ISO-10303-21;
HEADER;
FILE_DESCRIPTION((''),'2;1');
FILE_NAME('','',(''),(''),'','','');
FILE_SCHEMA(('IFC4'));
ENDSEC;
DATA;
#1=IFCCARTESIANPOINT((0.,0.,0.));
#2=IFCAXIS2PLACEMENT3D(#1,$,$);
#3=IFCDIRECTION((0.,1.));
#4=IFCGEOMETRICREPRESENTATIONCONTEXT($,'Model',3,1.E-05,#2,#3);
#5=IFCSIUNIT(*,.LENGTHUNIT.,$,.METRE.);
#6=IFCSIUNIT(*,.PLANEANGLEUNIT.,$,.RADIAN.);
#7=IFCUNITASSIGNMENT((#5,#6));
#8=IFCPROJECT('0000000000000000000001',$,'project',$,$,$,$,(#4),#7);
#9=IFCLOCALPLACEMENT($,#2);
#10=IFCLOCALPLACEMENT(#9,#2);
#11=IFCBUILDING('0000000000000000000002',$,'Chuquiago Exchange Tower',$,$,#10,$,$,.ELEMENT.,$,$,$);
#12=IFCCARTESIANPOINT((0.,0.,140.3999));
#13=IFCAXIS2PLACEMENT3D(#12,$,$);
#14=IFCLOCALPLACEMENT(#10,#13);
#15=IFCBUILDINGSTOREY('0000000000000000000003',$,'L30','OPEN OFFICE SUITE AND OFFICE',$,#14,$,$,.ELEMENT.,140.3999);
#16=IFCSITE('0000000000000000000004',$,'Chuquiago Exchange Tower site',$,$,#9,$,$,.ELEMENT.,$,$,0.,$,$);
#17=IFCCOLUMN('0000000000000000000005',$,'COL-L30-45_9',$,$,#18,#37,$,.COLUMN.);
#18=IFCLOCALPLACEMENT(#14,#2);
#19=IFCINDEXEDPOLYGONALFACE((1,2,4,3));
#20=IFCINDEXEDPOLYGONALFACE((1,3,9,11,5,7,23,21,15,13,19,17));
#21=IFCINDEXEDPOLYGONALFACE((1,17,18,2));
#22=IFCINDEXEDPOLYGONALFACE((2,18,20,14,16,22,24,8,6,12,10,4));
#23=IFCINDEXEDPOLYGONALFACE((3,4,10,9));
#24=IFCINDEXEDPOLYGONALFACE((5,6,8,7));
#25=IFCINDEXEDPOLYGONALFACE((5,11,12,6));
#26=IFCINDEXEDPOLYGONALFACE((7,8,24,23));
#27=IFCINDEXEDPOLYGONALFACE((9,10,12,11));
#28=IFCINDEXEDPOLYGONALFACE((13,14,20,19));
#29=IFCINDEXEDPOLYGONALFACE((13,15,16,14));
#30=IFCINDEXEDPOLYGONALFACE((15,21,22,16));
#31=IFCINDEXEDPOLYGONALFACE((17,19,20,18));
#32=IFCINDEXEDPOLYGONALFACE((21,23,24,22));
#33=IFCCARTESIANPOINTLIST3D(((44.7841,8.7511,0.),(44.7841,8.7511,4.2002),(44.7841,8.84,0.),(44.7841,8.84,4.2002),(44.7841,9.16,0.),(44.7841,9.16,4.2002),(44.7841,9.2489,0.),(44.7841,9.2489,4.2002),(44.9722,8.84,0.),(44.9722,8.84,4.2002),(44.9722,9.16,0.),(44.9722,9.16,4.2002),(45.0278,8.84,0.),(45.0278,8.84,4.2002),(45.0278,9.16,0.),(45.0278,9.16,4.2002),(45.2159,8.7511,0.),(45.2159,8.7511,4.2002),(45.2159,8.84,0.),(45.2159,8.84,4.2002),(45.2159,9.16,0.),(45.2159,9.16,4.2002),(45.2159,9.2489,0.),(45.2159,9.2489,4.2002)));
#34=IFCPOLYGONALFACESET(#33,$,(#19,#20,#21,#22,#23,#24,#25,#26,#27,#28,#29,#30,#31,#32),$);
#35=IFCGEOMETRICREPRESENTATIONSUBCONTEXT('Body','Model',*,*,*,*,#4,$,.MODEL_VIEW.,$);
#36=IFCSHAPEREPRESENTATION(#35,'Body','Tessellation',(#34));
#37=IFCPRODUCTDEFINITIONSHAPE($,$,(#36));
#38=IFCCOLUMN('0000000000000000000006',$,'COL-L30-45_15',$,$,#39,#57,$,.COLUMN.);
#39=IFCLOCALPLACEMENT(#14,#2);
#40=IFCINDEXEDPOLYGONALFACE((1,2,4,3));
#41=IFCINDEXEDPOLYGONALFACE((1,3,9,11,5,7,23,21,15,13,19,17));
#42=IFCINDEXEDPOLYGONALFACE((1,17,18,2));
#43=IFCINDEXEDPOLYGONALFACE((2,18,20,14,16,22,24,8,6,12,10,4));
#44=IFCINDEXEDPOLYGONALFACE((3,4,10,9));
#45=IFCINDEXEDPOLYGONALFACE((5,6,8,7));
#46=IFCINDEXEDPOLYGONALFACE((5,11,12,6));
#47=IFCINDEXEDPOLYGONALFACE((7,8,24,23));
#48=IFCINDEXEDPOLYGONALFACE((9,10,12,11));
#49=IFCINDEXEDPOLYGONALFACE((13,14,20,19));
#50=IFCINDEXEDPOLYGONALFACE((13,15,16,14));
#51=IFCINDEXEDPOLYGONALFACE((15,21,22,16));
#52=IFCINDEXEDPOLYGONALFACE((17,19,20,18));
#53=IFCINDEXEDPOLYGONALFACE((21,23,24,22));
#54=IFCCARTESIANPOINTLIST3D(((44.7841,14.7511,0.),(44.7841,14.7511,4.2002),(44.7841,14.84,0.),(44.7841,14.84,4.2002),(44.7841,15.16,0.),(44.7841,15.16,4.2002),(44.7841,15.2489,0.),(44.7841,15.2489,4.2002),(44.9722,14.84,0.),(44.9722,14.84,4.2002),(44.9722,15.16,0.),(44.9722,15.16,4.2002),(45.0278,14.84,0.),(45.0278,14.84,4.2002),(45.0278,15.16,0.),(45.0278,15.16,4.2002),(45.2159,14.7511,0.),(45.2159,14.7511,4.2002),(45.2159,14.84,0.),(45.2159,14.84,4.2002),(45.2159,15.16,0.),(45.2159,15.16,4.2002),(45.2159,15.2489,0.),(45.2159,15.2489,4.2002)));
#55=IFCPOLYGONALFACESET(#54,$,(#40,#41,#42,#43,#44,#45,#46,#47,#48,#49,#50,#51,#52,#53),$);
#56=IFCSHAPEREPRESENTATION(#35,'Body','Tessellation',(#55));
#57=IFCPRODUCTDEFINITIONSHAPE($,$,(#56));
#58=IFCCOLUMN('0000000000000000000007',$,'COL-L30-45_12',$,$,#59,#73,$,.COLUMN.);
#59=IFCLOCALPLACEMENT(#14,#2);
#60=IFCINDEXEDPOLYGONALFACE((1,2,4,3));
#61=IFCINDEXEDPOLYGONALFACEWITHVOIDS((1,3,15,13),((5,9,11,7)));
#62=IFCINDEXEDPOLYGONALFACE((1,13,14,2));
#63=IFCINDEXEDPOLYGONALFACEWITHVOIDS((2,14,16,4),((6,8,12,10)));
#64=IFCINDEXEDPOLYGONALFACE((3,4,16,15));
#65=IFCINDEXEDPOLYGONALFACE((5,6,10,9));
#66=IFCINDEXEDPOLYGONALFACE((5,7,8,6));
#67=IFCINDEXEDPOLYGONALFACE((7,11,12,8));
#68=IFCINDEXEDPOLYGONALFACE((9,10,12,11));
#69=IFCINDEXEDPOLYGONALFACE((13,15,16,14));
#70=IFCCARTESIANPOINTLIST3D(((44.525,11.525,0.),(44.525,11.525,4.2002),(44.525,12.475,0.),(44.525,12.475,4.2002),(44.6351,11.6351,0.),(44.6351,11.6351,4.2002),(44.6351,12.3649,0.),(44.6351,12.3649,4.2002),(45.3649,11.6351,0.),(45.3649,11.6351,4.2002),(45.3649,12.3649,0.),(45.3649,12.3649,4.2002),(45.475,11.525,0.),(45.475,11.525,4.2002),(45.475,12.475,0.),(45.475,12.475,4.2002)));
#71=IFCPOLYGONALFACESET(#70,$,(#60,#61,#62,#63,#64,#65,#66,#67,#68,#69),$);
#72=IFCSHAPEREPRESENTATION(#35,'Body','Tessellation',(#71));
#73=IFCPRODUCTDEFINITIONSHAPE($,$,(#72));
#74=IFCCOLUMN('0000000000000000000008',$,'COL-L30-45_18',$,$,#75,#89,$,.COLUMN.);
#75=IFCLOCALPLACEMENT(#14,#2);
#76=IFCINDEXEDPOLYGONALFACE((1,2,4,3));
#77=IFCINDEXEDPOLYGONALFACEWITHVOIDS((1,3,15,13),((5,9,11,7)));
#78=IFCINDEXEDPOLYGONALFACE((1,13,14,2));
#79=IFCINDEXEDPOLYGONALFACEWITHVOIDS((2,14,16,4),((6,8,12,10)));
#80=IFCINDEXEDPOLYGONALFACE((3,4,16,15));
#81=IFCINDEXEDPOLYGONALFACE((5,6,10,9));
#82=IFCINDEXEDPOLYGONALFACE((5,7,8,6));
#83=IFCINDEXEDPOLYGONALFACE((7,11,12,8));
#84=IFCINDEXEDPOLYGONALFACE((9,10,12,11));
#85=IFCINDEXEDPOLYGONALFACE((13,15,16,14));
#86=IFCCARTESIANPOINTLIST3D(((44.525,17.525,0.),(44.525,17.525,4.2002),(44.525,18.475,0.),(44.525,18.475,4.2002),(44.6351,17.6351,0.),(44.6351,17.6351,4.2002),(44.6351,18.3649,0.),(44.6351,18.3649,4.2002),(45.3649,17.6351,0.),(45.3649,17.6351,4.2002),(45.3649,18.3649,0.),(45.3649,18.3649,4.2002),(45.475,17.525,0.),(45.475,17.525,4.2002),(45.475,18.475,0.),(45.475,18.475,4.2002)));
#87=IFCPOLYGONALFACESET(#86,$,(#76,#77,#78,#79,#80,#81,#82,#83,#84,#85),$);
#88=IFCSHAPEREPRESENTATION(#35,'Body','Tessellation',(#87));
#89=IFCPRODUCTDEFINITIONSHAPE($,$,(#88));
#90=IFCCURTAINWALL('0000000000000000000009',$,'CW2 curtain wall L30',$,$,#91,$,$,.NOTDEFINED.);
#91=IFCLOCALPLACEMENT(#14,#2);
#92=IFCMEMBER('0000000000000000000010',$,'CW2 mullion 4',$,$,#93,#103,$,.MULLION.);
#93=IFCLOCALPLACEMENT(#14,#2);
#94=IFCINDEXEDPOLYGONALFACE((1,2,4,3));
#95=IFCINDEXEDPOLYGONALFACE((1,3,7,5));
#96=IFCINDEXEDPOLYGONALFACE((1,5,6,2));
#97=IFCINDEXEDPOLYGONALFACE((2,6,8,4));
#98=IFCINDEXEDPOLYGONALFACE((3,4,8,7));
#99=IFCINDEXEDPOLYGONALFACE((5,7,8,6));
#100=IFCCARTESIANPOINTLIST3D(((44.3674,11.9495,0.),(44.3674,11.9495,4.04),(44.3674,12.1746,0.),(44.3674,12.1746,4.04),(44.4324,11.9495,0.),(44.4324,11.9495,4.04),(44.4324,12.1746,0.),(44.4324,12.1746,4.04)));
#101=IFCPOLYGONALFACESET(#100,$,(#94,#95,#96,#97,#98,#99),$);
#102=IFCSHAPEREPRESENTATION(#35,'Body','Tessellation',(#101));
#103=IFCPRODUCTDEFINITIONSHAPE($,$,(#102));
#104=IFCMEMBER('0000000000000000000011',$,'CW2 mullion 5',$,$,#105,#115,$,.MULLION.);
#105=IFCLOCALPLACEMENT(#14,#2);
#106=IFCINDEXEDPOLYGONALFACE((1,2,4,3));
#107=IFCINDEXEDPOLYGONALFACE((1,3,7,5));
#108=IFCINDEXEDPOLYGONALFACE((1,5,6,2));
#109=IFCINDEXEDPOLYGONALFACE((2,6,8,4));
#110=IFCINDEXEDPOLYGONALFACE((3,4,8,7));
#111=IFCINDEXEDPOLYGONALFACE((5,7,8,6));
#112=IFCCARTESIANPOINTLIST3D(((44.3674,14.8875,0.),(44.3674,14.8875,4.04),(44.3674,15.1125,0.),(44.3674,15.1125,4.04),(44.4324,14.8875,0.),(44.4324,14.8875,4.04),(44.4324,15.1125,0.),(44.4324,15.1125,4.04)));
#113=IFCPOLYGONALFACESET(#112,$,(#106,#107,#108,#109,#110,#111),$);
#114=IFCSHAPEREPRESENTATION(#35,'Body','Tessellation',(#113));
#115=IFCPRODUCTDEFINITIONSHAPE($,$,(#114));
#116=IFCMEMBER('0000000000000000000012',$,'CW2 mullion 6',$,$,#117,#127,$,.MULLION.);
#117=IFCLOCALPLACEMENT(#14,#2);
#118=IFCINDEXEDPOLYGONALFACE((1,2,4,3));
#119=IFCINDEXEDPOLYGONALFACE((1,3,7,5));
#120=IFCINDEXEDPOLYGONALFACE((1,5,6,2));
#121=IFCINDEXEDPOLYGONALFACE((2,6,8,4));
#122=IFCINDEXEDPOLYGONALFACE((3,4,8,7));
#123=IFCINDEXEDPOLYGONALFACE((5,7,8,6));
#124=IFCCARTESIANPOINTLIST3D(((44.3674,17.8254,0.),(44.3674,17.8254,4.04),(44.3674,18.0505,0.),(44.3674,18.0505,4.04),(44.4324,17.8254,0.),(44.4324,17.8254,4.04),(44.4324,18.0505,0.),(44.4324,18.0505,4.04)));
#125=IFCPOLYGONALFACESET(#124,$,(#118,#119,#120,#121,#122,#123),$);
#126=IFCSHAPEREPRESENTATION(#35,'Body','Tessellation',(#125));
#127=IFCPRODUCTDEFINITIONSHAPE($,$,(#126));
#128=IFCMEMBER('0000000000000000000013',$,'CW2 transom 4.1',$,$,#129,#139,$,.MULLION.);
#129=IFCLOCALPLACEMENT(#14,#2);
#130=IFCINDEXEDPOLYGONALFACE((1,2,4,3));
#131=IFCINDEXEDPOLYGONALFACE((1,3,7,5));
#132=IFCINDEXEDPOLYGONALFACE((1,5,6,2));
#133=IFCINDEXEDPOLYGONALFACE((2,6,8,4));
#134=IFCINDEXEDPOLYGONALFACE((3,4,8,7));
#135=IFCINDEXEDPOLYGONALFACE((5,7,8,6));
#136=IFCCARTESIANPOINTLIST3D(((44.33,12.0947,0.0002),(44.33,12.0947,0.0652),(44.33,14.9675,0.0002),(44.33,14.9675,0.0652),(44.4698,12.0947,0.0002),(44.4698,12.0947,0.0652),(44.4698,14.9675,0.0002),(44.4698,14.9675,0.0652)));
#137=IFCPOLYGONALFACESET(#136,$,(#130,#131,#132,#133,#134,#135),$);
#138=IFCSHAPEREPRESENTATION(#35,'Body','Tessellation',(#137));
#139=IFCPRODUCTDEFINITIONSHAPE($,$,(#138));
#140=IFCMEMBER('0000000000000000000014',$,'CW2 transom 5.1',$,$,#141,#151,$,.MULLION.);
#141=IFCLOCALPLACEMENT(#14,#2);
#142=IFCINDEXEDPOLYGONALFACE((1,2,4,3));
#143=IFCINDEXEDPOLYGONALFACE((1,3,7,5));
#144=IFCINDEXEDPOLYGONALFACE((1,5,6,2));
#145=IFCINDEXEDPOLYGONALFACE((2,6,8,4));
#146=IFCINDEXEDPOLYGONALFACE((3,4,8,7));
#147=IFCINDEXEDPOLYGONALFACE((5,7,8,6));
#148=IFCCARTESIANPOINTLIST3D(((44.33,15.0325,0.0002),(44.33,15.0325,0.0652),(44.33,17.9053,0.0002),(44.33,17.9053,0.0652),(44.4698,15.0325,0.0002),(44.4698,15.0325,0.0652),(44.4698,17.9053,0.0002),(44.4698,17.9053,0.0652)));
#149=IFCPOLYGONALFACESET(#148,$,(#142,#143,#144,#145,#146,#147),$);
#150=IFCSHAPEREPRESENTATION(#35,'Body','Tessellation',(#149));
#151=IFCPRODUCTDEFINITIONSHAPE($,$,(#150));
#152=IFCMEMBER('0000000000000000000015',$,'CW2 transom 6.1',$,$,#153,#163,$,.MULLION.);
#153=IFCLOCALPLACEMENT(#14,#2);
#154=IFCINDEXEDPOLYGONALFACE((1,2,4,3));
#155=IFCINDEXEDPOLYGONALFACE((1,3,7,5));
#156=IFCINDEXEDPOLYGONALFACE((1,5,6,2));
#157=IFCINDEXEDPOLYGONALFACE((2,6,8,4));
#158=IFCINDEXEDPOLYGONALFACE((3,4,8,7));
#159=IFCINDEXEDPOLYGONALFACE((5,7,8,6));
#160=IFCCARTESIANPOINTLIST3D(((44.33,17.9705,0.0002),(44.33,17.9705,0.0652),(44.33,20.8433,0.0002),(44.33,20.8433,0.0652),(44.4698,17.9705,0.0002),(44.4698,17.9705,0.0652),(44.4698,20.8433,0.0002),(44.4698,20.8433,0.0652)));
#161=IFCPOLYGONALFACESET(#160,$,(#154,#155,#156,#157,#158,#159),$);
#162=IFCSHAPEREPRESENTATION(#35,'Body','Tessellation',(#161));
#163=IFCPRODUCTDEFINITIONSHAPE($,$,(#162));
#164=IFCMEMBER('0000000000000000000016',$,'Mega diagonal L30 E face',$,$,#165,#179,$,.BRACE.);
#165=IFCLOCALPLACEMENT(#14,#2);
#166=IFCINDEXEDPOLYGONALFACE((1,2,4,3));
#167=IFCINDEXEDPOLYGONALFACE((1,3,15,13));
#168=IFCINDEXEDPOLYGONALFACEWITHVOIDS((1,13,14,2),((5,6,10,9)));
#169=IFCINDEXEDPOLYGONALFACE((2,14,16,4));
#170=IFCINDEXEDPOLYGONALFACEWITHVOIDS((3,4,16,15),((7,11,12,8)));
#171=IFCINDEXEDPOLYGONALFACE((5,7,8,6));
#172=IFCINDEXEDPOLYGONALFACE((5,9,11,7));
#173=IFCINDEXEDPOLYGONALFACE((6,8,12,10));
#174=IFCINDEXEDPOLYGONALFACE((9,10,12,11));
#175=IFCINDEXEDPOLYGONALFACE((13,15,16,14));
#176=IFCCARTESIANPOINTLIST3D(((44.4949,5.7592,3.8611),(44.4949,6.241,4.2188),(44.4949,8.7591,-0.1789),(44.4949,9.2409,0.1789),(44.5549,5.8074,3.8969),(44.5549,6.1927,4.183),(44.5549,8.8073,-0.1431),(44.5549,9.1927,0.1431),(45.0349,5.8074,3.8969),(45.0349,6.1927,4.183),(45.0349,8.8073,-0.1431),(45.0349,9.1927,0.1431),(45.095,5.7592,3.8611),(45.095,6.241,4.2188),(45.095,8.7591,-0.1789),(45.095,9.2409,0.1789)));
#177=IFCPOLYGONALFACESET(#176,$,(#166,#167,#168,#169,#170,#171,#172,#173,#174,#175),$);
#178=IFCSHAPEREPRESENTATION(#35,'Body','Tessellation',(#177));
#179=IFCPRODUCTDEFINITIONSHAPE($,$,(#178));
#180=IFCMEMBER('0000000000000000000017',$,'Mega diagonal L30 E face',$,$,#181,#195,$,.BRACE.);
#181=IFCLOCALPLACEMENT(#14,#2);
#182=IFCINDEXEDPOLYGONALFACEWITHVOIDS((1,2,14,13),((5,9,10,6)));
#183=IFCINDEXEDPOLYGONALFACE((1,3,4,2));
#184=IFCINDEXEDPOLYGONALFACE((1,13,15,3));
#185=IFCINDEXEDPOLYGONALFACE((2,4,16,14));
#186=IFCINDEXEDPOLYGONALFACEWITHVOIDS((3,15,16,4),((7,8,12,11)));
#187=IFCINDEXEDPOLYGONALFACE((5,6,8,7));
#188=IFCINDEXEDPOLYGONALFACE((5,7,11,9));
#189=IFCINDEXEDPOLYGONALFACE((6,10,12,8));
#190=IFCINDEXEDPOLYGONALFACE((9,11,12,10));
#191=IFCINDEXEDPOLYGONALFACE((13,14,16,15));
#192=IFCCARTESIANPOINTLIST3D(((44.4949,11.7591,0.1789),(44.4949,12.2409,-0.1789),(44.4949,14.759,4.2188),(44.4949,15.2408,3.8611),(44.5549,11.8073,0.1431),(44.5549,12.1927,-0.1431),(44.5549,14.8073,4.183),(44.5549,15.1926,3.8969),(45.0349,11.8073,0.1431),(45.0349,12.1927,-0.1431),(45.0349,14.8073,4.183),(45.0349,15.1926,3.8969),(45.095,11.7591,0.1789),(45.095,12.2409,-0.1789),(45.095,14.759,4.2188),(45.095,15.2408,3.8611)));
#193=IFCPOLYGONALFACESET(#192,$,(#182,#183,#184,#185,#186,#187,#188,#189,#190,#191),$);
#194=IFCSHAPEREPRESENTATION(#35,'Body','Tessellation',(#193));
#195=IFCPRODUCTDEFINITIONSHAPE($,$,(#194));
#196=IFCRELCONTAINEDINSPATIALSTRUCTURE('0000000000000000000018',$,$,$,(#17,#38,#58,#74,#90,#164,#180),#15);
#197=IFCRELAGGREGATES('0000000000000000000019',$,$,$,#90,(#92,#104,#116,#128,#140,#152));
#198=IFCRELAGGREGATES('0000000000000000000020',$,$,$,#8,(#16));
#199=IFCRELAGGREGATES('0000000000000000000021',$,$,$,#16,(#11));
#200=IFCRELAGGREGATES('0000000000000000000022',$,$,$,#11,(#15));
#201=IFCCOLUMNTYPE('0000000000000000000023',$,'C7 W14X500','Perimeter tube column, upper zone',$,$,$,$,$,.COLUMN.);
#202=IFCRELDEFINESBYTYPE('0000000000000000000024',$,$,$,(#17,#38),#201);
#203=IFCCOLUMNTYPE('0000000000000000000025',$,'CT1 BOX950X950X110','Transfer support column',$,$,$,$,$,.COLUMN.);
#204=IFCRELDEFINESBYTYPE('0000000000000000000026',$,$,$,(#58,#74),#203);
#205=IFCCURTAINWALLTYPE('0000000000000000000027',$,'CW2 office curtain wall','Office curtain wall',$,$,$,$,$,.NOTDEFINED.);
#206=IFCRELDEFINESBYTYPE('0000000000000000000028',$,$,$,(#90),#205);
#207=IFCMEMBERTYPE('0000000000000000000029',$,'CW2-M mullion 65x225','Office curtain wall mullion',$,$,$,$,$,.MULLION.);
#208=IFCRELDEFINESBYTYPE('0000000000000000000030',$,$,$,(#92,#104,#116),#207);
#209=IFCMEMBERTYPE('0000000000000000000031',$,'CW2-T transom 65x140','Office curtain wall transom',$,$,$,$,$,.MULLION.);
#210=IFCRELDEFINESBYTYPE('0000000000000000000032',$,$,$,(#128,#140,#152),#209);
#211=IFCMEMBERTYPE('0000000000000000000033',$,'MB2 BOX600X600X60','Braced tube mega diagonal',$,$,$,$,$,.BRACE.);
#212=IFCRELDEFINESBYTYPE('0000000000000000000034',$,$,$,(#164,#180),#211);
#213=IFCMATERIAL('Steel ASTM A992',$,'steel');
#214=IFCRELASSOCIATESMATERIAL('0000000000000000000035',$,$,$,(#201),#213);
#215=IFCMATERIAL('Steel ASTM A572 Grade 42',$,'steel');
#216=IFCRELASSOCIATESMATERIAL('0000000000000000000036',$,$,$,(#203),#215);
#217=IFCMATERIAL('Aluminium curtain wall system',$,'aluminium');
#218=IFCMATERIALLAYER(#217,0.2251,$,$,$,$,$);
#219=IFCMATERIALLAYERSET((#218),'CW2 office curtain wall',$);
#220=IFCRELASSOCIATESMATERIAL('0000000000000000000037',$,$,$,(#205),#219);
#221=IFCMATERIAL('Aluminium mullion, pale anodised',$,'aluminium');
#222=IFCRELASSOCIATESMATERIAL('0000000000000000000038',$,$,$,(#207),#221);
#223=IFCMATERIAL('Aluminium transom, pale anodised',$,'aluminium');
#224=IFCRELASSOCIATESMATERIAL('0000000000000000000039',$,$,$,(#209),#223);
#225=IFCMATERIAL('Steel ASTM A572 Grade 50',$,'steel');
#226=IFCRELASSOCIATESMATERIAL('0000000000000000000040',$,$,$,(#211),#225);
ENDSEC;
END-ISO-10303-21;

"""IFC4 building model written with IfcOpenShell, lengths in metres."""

from ifc_helpers import new_model, si_unit, direction, frame, origin, origin_2d, place, context, subcontext, project, spatial, rectangle, hollow_rectangle, i_section, extrude, material, layer, layer_set, material_profile, profile_set, type_object, element, aggregate, save


model = new_model("IFC4")

# Units and contexts
model_context = context("Model", 3, precision=1e-05, world=origin(), true_north=direction((0.0, 1.0)))
body_context = subcontext(model_context, "Body", "Model", "MODEL_VIEW")
ifc_project = project(units=[si_unit("LENGTHUNIT", "METRE"), si_unit("PLANEANGLEUNIT", "RADIAN")], contexts=[model_context])

# Site, building, storey
site_placement = place(None, origin())
site = spatial("IfcSite", under=ifc_project, at=site_placement, Name="Chuquiago Exchange Tower site", CompositionType="ELEMENT", RefElevation=0.0)
building_placement = place(site_placement, origin())
building = spatial("IfcBuilding", under=site, at=building_placement, Name="Chuquiago Exchange Tower", CompositionType="ELEMENT")
storey_placement = place(building_placement, frame((0.0, 0.0, 140.3999)))
storey = spatial("IfcBuildingStorey", under=building, at=storey_placement, Name="L30", Description="OPEN OFFICE SUITE AND OFFICE", CompositionType="ELEMENT", Elevation=140.3999)

# Columns
ifc_material_1 = material(Name="Steel ASTM A992", Category="steel")
ifc_material_profile_1 = material_profile(ifc_material_1, i_section(OverallWidth=0.4319, OverallDepth=0.4978, WebThickness=0.0557, FlangeThickness=0.0889, at=origin_2d()), Name="W14X500")
ifc_profile_set_1 = profile_set([ifc_material_profile_1], Name="Steel ASTM A992")
column_type_1 = type_object("IfcColumnType", Name="C7 W14X500", Description="Perimeter tube column, upper zone", PredefinedType="COLUMN", material=ifc_profile_set_1)
for number, where, z_axis, x_axis, name in (
    (1, (45.0, 9.0, 0.0), (0.0, 0.0, 1.0), (1.0, 0.0, 0.0), "COL-L30-45_9"),
    (2, (45.0, 15.0, 0.0), (0.0, 0.0, 1.0), (1.0, 0.0, 0.0), "COL-L30-45_15"),
):
    element("IfcColumn", number, at=place(storey_placement, frame(where, z_axis=z_axis, x_axis=x_axis)), inside=storey, type_object=column_type_1, Name=name, PredefinedType="COLUMN", context=body_context, shape_type="SweptSolid", body=[
        extrude(i_section(OverallWidth=0.4319, OverallDepth=0.4978, WebThickness=0.0557, FlangeThickness=0.0889, at=origin_2d()), origin(), (0.0, 0.0, 1.0), 4.2002),
    ])
ifc_material_2 = material(Name="Steel ASTM A572 Grade 42", Category="steel")
ifc_material_profile_2 = material_profile(ifc_material_2, hollow_rectangle(XDim=0.95, YDim=0.95, WallThickness=0.1101, at=origin_2d()), Name="BOX950X950X110")
ifc_profile_set_2 = profile_set([ifc_material_profile_2], Name="Steel ASTM A572 Grade 42")
column_type_2 = type_object("IfcColumnType", Name="CT1 BOX950X950X110", Description="Transfer support column", PredefinedType="COLUMN", material=ifc_profile_set_2)
for number, where, z_axis, x_axis, name in (
    (3, (45.0, 12.0, 0.0), (0.0, 0.0, 1.0), (1.0, 0.0, 0.0), "COL-L30-45_12"),
    (4, (45.0, 18.0, 0.0), (0.0, 0.0, 1.0), (1.0, 0.0, 0.0), "COL-L30-45_18"),
):
    element("IfcColumn", number, at=place(storey_placement, frame(where, z_axis=z_axis, x_axis=x_axis)), inside=storey, type_object=column_type_2, Name=name, PredefinedType="COLUMN", context=body_context, shape_type="SweptSolid", body=[
        extrude(hollow_rectangle(XDim=0.95, YDim=0.95, WallThickness=0.1101, at=origin_2d()), origin(), (0.0, 0.0, 1.0), 4.2002),
    ])

# Curtain wall, members
ifc_material_3 = material(Name="Aluminium curtain wall system", Category="aluminium")
ifc_layer_1 = layer(ifc_material_3, 0.2251)
ifc_layer_set_1 = layer_set([ifc_layer_1], Name="CW2 office curtain wall")
curtain_wall_type = type_object("IfcCurtainWallType", Name="CW2 office curtain wall", Description="Office curtain wall", PredefinedType="NOTDEFINED", material=ifc_layer_set_1)
curtain_wall_placement = place(storey_placement, origin())
curtain_wall = element("IfcCurtainWall", 5, at=curtain_wall_placement, inside=storey, type_object=curtain_wall_type, Name="CW2 curtain wall L30", PredefinedType="NOTDEFINED")
ifc_material_4 = material(Name="Aluminium mullion, pale anodised", Category="aluminium")
ifc_material_profile_3 = material_profile(ifc_material_4, rectangle(XDim=0.0649, YDim=0.2251, at=origin_2d()), Name="AL 65x225")
ifc_profile_set_3 = profile_set([ifc_material_profile_3], Name="Aluminium mullion, pale anodised")
member_type_1 = type_object("IfcMemberType", Name="CW2-M mullion 65x225", Description="Office curtain wall mullion", PredefinedType="MULLION", material=ifc_profile_set_3)
member_1_placement = place(storey_placement, frame((44.3999, 12.062, 0.0), z_axis=(0.0, 0.0, 1.0), x_axis=(-1.0, 0.0, 0.0)))
member_1 = element("IfcMember", 6, at=member_1_placement, type_object=member_type_1, Name="CW2 mullion 4", PredefinedType="MULLION", context=body_context, shape_type="SweptSolid", body=[
    extrude(rectangle(XDim=0.0649, YDim=0.2251, at=origin_2d()), origin(), (0.0, 0.0, 1.0), 4.04),
])
member_2_placement = place(storey_placement, frame((44.3999, 15.0, 0.0), z_axis=(0.0, 0.0, 1.0), x_axis=(-1.0, 0.0, 0.0)))
member_2 = element("IfcMember", 7, at=member_2_placement, type_object=member_type_1, Name="CW2 mullion 5", PredefinedType="MULLION", context=body_context, shape_type="SweptSolid", body=[
    extrude(rectangle(XDim=0.0649, YDim=0.2251, at=origin_2d()), origin(), (0.0, 0.0, 1.0), 4.04),
])
member_3_placement = place(storey_placement, frame((44.3999, 17.938, 0.0), z_axis=(0.0, 0.0, 1.0), x_axis=(-1.0, 0.0, 0.0)))
member_3 = element("IfcMember", 8, at=member_3_placement, type_object=member_type_1, Name="CW2 mullion 6", PredefinedType="MULLION", context=body_context, shape_type="SweptSolid", body=[
    extrude(rectangle(XDim=0.0649, YDim=0.2251, at=origin_2d()), origin(), (0.0, 0.0, 1.0), 4.04),
])
ifc_material_5 = material(Name="Aluminium transom, pale anodised", Category="aluminium")
ifc_material_profile_4 = material_profile(ifc_material_5, rectangle(XDim=0.1399, YDim=0.0649, at=origin_2d()), Name="AL 140x65")
ifc_profile_set_4 = profile_set([ifc_material_profile_4], Name="Aluminium transom, pale anodised")
member_type_2 = type_object("IfcMemberType", Name="CW2-T transom 65x140", Description="Office curtain wall transom", PredefinedType="MULLION", material=ifc_profile_set_4)
member_4_placement = place(storey_placement, frame((44.3999, 12.0947, 0.0327), z_axis=(0.0, 1.0, 0.0), x_axis=(-1.0, 0.0, 0.0)))
member_4 = element("IfcMember", 9, at=member_4_placement, type_object=member_type_2, Name="CW2 transom 4.1", PredefinedType="MULLION", context=body_context, shape_type="SweptSolid", body=[
    extrude(rectangle(XDim=0.1399, YDim=0.0649, at=origin_2d()), origin(), (0.0, 0.0, 1.0), 2.8728),
])
member_5_placement = place(storey_placement, frame((44.3999, 15.0325, 0.0327), z_axis=(0.0, 1.0, 0.0), x_axis=(-1.0, 0.0, 0.0)))
member_5 = element("IfcMember", 10, at=member_5_placement, type_object=member_type_2, Name="CW2 transom 5.1", PredefinedType="MULLION", context=body_context, shape_type="SweptSolid", body=[
    extrude(rectangle(XDim=0.1399, YDim=0.0649, at=origin_2d()), origin(), (0.0, 0.0, 1.0), 2.8728),
])
member_6_placement = place(storey_placement, frame((44.3999, 17.9705, 0.0327), z_axis=(0.0, 1.0, 0.0), x_axis=(-1.0, 0.0, 0.0)))
member_6 = element("IfcMember", 11, at=member_6_placement, type_object=member_type_2, Name="CW2 transom 6.1", PredefinedType="MULLION", context=body_context, shape_type="SweptSolid", body=[
    extrude(rectangle(XDim=0.1399, YDim=0.0649, at=origin_2d()), origin(), (0.0, 0.0, 1.0), 2.8728),
])

# Members
ifc_material_6 = material(Name="Steel ASTM A572 Grade 50", Category="steel")
ifc_material_profile_5 = material_profile(ifc_material_6, hollow_rectangle(XDim=0.6001, YDim=0.6001, WallThickness=0.0601, at=origin_2d()), Name="BOX600X600X60")
ifc_profile_set_5 = profile_set([ifc_material_profile_5], Name="Steel ASTM A572 Grade 50")
member_type_3 = type_object("IfcMemberType", Name="MB2 BOX600X600X60", Description="Braced tube mega diagonal", PredefinedType="BRACE", material=ifc_profile_set_5)
for number, where, z_axis, x_axis, name in (
    (12, (44.7949, 9.0, 0.0), (0.0, -0.596174, 0.802855), (1.0, 0.0, 0.0), "Mega diagonal L30 E face"),
    (13, (44.7949, 12.0, 0.0), (0.0, 0.596174, 0.802855), (-1.0, 0.0, 0.0), "Mega diagonal L30 E face"),
):
    element("IfcMember", number, at=place(storey_placement, frame(where, z_axis=z_axis, x_axis=x_axis)), inside=storey, type_object=member_type_3, Name=name, PredefinedType="BRACE", context=body_context, shape_type="SweptSolid", body=[
        extrude(hollow_rectangle(XDim=0.6001, YDim=0.6001, WallThickness=0.0601, at=origin_2d()), origin(), (0.0, 0.0, 1.0), 5.032),
    ])

aggregate(curtain_wall, [member_1, member_2, member_3, member_4, member_5, member_6])

save(model, "model.ifc")
